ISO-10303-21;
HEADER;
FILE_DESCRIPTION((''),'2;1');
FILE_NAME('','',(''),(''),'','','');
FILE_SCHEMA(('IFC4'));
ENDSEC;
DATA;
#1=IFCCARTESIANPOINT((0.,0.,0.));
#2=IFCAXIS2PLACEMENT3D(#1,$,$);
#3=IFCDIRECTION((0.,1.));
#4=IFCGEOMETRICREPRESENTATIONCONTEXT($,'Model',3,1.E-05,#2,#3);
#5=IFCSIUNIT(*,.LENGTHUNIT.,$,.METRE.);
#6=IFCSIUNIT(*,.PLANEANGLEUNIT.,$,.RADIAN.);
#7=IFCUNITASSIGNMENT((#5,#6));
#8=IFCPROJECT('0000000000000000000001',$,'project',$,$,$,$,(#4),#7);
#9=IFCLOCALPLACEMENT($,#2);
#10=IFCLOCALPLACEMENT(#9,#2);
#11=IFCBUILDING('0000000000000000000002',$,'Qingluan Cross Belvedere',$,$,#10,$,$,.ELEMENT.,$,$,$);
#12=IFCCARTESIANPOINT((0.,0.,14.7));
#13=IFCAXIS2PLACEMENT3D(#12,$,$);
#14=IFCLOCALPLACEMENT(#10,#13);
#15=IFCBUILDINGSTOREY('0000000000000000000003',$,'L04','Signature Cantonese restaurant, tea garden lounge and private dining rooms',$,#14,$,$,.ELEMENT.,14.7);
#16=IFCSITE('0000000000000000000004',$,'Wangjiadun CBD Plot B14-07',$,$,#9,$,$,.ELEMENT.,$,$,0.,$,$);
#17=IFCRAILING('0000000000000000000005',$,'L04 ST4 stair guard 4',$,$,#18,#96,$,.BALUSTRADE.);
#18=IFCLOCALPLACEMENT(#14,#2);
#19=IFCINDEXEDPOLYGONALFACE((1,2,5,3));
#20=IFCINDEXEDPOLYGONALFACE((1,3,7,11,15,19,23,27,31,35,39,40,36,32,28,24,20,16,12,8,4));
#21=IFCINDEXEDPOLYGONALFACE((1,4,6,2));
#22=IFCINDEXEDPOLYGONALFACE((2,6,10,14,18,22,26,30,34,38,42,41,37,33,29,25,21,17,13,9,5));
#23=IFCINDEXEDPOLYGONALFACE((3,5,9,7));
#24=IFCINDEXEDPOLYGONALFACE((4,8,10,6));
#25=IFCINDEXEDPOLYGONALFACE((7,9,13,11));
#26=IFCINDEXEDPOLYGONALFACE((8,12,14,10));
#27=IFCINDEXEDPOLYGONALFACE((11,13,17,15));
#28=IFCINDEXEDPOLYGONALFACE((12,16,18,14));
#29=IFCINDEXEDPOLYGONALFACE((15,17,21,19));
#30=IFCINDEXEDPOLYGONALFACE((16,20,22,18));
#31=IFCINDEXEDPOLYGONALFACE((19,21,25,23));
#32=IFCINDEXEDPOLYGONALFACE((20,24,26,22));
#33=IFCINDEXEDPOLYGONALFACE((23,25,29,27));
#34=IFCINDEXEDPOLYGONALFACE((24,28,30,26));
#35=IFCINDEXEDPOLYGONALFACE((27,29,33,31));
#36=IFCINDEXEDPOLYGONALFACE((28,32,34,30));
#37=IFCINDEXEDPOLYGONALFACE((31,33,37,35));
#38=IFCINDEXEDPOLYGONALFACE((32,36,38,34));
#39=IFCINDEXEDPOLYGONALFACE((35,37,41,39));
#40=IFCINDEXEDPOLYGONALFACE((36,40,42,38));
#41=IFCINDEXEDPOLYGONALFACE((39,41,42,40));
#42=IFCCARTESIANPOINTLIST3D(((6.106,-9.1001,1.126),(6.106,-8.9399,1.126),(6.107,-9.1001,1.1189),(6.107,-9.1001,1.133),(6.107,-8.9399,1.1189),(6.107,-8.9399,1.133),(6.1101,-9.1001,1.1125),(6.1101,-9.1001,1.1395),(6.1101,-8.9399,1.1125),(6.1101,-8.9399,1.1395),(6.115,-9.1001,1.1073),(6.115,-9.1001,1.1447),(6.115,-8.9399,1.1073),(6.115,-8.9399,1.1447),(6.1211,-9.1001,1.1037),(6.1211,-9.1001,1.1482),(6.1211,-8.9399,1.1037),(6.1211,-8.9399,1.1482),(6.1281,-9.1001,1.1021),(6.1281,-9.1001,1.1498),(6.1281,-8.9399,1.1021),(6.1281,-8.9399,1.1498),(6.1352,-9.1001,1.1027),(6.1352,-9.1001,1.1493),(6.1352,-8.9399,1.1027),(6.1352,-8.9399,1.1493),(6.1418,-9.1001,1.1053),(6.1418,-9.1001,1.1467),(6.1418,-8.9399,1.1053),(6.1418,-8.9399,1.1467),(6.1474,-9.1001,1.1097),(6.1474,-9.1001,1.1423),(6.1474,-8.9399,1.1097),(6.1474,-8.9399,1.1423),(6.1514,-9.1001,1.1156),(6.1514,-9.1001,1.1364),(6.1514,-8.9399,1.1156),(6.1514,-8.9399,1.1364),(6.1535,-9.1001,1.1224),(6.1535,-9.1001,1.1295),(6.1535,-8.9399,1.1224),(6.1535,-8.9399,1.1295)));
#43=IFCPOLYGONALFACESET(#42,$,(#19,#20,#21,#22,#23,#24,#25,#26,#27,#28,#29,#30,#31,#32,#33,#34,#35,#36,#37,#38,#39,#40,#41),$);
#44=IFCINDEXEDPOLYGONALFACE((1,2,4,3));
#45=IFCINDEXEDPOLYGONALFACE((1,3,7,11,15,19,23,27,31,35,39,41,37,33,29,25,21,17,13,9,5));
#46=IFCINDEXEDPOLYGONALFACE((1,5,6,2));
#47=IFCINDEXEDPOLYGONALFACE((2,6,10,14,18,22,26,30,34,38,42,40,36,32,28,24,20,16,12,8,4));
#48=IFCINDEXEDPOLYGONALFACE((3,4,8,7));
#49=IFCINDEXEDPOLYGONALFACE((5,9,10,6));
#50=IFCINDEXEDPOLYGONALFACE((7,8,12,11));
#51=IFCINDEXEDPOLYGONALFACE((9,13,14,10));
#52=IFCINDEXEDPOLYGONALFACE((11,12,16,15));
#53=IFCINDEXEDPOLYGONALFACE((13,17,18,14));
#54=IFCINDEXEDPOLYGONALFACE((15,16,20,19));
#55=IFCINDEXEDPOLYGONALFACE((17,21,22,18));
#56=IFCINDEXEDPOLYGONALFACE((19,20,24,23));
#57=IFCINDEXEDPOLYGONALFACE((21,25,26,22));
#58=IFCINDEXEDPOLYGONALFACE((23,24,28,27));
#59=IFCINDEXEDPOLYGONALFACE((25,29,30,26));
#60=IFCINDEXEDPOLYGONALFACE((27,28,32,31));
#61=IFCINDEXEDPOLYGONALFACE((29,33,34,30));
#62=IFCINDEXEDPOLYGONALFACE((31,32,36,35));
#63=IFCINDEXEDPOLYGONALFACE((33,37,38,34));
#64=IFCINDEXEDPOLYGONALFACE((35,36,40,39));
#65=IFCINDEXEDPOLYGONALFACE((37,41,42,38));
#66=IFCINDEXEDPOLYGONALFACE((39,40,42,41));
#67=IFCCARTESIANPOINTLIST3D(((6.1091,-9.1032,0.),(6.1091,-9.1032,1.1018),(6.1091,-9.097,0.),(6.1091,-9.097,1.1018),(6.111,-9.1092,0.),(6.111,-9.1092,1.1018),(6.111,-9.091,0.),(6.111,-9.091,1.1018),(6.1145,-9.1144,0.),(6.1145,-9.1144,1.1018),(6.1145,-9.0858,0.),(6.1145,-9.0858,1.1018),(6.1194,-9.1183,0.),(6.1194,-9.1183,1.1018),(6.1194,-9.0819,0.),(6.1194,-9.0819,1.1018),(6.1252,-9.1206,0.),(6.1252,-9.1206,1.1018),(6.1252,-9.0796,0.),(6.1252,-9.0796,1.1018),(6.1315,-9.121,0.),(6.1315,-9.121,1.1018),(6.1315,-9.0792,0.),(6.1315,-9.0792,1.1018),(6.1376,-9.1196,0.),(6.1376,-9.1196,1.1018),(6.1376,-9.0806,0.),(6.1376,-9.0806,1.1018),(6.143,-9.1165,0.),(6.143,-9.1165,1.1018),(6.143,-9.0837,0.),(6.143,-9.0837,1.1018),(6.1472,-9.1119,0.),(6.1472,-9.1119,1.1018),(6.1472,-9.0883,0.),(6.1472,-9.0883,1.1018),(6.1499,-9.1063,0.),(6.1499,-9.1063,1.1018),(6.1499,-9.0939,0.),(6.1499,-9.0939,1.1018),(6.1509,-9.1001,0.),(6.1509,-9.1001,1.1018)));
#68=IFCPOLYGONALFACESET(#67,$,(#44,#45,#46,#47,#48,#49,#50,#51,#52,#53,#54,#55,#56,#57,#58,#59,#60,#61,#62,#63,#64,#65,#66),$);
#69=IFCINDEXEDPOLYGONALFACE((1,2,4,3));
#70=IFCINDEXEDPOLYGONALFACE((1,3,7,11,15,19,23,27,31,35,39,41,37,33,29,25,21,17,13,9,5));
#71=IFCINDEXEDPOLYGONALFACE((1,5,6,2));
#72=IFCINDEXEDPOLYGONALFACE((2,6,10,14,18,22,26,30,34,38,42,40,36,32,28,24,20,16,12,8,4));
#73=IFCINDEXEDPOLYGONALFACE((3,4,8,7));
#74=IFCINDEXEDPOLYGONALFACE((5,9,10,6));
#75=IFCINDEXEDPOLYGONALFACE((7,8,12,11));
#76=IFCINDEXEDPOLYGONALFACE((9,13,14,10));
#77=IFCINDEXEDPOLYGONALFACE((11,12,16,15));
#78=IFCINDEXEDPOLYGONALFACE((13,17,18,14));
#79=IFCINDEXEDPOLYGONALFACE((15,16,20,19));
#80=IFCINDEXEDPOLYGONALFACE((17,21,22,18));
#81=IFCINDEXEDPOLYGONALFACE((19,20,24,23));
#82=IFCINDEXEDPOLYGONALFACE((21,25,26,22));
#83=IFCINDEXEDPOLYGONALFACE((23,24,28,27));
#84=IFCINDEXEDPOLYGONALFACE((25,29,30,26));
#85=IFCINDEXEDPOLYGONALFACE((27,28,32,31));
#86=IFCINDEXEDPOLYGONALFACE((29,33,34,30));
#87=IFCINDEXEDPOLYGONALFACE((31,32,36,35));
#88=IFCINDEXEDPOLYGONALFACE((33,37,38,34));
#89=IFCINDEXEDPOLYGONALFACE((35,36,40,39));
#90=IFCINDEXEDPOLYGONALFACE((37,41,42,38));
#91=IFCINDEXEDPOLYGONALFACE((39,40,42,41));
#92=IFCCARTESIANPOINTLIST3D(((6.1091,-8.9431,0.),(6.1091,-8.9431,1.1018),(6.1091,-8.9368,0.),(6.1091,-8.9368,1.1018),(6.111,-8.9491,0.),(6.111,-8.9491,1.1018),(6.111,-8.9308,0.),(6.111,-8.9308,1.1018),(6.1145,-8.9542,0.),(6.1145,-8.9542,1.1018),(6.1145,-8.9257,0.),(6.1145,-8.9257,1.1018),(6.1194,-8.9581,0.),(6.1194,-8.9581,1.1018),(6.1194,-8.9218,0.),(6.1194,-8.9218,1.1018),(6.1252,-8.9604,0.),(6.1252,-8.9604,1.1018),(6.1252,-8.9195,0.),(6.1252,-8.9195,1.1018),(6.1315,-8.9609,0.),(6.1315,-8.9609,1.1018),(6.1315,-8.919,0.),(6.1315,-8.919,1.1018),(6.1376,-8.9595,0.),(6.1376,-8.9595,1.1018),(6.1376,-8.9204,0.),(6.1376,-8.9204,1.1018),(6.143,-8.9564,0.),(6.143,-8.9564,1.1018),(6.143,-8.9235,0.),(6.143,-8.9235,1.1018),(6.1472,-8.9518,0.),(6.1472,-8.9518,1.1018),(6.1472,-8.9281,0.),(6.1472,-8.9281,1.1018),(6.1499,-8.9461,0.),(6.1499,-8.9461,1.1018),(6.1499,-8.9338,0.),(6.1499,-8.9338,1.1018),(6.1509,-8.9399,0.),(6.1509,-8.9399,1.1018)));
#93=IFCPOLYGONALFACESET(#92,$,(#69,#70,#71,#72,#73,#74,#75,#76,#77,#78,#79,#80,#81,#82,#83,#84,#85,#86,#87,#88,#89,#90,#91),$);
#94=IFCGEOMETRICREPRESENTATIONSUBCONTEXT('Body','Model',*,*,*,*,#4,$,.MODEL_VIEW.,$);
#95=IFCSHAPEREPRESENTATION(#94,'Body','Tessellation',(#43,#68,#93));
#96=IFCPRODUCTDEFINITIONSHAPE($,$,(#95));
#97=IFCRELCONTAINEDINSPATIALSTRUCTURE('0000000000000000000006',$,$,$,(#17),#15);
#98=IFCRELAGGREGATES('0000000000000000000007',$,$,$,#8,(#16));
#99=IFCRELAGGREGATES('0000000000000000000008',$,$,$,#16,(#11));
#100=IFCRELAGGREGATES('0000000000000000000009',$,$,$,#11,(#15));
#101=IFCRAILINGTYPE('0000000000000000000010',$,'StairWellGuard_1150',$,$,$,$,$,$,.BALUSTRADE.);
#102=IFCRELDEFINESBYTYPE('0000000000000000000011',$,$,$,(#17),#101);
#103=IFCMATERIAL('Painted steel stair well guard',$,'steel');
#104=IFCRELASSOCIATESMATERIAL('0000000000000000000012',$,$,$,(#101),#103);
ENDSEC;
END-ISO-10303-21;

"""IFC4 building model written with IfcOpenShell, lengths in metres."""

from ifc_helpers import new_model, si_unit, direction, frame, origin, origin_2d, place, context, subcontext, project, spatial, circle, extrude, material, type_object, element, save


model = new_model("IFC4")

# Units and contexts
model_context = context("Model", 3, precision=1e-05, world=origin(), true_north=direction((0.0, 1.0)))
body_context = subcontext(model_context, "Body", "Model", "MODEL_VIEW")
ifc_project = project(units=[si_unit("LENGTHUNIT", "METRE"), si_unit("PLANEANGLEUNIT", "RADIAN")], contexts=[model_context])

# Site, building, storey
site_placement = place(None, origin())
site = spatial("IfcSite", under=ifc_project, at=site_placement, Name="Wangjiadun CBD Plot B14-07", CompositionType="ELEMENT", RefElevation=0.0)
building_placement = place(site_placement, origin())
building = spatial("IfcBuilding", under=site, at=building_placement, Name="Qingluan Cross Belvedere", CompositionType="ELEMENT")
storey_placement = place(building_placement, frame((0.0, 0.0, 14.7)))
storey = spatial("IfcBuildingStorey", under=building, at=storey_placement, Name="L04", Description="Signature Cantonese restaurant, tea garden lounge and private dining rooms", CompositionType="ELEMENT", Elevation=14.7)

# Railing
ifc_material_1 = material(Name="Painted steel stair well guard", Category="steel")
railing_type_1 = type_object("IfcRailingType", Name="StairWellGuard_1150", PredefinedType="BALUSTRADE", material=ifc_material_1)
railing_1_placement = place(storey_placement, frame((6.1299, -9.1001, 0.0)))
element("IfcRailing", 1, at=railing_1_placement, inside=storey, type_object=railing_type_1, Name="L04 ST4 stair guard 4", PredefinedType="BALUSTRADE", context=body_context, shape_type="SweptSolid", body=[
    extrude(circle(Radius=0.0239, at=origin_2d()), frame((0.0, 0.0, 1.126), z_axis=(0.0, 1.0, 0.0), x_axis=(-1.0, 0.0, 0.0)), (0.0, 0.0, 1.0), 0.1602),
    extrude(circle(Radius=0.021, at=origin_2d()), origin(), (0.0, 0.0, 1.0), 1.1018),
    extrude(circle(Radius=0.021, at=origin_2d()), frame((0.0, 0.1602, 0.0)), (0.0, 0.0, 1.0), 1.1018),
])

save(model, "model.ifc")
